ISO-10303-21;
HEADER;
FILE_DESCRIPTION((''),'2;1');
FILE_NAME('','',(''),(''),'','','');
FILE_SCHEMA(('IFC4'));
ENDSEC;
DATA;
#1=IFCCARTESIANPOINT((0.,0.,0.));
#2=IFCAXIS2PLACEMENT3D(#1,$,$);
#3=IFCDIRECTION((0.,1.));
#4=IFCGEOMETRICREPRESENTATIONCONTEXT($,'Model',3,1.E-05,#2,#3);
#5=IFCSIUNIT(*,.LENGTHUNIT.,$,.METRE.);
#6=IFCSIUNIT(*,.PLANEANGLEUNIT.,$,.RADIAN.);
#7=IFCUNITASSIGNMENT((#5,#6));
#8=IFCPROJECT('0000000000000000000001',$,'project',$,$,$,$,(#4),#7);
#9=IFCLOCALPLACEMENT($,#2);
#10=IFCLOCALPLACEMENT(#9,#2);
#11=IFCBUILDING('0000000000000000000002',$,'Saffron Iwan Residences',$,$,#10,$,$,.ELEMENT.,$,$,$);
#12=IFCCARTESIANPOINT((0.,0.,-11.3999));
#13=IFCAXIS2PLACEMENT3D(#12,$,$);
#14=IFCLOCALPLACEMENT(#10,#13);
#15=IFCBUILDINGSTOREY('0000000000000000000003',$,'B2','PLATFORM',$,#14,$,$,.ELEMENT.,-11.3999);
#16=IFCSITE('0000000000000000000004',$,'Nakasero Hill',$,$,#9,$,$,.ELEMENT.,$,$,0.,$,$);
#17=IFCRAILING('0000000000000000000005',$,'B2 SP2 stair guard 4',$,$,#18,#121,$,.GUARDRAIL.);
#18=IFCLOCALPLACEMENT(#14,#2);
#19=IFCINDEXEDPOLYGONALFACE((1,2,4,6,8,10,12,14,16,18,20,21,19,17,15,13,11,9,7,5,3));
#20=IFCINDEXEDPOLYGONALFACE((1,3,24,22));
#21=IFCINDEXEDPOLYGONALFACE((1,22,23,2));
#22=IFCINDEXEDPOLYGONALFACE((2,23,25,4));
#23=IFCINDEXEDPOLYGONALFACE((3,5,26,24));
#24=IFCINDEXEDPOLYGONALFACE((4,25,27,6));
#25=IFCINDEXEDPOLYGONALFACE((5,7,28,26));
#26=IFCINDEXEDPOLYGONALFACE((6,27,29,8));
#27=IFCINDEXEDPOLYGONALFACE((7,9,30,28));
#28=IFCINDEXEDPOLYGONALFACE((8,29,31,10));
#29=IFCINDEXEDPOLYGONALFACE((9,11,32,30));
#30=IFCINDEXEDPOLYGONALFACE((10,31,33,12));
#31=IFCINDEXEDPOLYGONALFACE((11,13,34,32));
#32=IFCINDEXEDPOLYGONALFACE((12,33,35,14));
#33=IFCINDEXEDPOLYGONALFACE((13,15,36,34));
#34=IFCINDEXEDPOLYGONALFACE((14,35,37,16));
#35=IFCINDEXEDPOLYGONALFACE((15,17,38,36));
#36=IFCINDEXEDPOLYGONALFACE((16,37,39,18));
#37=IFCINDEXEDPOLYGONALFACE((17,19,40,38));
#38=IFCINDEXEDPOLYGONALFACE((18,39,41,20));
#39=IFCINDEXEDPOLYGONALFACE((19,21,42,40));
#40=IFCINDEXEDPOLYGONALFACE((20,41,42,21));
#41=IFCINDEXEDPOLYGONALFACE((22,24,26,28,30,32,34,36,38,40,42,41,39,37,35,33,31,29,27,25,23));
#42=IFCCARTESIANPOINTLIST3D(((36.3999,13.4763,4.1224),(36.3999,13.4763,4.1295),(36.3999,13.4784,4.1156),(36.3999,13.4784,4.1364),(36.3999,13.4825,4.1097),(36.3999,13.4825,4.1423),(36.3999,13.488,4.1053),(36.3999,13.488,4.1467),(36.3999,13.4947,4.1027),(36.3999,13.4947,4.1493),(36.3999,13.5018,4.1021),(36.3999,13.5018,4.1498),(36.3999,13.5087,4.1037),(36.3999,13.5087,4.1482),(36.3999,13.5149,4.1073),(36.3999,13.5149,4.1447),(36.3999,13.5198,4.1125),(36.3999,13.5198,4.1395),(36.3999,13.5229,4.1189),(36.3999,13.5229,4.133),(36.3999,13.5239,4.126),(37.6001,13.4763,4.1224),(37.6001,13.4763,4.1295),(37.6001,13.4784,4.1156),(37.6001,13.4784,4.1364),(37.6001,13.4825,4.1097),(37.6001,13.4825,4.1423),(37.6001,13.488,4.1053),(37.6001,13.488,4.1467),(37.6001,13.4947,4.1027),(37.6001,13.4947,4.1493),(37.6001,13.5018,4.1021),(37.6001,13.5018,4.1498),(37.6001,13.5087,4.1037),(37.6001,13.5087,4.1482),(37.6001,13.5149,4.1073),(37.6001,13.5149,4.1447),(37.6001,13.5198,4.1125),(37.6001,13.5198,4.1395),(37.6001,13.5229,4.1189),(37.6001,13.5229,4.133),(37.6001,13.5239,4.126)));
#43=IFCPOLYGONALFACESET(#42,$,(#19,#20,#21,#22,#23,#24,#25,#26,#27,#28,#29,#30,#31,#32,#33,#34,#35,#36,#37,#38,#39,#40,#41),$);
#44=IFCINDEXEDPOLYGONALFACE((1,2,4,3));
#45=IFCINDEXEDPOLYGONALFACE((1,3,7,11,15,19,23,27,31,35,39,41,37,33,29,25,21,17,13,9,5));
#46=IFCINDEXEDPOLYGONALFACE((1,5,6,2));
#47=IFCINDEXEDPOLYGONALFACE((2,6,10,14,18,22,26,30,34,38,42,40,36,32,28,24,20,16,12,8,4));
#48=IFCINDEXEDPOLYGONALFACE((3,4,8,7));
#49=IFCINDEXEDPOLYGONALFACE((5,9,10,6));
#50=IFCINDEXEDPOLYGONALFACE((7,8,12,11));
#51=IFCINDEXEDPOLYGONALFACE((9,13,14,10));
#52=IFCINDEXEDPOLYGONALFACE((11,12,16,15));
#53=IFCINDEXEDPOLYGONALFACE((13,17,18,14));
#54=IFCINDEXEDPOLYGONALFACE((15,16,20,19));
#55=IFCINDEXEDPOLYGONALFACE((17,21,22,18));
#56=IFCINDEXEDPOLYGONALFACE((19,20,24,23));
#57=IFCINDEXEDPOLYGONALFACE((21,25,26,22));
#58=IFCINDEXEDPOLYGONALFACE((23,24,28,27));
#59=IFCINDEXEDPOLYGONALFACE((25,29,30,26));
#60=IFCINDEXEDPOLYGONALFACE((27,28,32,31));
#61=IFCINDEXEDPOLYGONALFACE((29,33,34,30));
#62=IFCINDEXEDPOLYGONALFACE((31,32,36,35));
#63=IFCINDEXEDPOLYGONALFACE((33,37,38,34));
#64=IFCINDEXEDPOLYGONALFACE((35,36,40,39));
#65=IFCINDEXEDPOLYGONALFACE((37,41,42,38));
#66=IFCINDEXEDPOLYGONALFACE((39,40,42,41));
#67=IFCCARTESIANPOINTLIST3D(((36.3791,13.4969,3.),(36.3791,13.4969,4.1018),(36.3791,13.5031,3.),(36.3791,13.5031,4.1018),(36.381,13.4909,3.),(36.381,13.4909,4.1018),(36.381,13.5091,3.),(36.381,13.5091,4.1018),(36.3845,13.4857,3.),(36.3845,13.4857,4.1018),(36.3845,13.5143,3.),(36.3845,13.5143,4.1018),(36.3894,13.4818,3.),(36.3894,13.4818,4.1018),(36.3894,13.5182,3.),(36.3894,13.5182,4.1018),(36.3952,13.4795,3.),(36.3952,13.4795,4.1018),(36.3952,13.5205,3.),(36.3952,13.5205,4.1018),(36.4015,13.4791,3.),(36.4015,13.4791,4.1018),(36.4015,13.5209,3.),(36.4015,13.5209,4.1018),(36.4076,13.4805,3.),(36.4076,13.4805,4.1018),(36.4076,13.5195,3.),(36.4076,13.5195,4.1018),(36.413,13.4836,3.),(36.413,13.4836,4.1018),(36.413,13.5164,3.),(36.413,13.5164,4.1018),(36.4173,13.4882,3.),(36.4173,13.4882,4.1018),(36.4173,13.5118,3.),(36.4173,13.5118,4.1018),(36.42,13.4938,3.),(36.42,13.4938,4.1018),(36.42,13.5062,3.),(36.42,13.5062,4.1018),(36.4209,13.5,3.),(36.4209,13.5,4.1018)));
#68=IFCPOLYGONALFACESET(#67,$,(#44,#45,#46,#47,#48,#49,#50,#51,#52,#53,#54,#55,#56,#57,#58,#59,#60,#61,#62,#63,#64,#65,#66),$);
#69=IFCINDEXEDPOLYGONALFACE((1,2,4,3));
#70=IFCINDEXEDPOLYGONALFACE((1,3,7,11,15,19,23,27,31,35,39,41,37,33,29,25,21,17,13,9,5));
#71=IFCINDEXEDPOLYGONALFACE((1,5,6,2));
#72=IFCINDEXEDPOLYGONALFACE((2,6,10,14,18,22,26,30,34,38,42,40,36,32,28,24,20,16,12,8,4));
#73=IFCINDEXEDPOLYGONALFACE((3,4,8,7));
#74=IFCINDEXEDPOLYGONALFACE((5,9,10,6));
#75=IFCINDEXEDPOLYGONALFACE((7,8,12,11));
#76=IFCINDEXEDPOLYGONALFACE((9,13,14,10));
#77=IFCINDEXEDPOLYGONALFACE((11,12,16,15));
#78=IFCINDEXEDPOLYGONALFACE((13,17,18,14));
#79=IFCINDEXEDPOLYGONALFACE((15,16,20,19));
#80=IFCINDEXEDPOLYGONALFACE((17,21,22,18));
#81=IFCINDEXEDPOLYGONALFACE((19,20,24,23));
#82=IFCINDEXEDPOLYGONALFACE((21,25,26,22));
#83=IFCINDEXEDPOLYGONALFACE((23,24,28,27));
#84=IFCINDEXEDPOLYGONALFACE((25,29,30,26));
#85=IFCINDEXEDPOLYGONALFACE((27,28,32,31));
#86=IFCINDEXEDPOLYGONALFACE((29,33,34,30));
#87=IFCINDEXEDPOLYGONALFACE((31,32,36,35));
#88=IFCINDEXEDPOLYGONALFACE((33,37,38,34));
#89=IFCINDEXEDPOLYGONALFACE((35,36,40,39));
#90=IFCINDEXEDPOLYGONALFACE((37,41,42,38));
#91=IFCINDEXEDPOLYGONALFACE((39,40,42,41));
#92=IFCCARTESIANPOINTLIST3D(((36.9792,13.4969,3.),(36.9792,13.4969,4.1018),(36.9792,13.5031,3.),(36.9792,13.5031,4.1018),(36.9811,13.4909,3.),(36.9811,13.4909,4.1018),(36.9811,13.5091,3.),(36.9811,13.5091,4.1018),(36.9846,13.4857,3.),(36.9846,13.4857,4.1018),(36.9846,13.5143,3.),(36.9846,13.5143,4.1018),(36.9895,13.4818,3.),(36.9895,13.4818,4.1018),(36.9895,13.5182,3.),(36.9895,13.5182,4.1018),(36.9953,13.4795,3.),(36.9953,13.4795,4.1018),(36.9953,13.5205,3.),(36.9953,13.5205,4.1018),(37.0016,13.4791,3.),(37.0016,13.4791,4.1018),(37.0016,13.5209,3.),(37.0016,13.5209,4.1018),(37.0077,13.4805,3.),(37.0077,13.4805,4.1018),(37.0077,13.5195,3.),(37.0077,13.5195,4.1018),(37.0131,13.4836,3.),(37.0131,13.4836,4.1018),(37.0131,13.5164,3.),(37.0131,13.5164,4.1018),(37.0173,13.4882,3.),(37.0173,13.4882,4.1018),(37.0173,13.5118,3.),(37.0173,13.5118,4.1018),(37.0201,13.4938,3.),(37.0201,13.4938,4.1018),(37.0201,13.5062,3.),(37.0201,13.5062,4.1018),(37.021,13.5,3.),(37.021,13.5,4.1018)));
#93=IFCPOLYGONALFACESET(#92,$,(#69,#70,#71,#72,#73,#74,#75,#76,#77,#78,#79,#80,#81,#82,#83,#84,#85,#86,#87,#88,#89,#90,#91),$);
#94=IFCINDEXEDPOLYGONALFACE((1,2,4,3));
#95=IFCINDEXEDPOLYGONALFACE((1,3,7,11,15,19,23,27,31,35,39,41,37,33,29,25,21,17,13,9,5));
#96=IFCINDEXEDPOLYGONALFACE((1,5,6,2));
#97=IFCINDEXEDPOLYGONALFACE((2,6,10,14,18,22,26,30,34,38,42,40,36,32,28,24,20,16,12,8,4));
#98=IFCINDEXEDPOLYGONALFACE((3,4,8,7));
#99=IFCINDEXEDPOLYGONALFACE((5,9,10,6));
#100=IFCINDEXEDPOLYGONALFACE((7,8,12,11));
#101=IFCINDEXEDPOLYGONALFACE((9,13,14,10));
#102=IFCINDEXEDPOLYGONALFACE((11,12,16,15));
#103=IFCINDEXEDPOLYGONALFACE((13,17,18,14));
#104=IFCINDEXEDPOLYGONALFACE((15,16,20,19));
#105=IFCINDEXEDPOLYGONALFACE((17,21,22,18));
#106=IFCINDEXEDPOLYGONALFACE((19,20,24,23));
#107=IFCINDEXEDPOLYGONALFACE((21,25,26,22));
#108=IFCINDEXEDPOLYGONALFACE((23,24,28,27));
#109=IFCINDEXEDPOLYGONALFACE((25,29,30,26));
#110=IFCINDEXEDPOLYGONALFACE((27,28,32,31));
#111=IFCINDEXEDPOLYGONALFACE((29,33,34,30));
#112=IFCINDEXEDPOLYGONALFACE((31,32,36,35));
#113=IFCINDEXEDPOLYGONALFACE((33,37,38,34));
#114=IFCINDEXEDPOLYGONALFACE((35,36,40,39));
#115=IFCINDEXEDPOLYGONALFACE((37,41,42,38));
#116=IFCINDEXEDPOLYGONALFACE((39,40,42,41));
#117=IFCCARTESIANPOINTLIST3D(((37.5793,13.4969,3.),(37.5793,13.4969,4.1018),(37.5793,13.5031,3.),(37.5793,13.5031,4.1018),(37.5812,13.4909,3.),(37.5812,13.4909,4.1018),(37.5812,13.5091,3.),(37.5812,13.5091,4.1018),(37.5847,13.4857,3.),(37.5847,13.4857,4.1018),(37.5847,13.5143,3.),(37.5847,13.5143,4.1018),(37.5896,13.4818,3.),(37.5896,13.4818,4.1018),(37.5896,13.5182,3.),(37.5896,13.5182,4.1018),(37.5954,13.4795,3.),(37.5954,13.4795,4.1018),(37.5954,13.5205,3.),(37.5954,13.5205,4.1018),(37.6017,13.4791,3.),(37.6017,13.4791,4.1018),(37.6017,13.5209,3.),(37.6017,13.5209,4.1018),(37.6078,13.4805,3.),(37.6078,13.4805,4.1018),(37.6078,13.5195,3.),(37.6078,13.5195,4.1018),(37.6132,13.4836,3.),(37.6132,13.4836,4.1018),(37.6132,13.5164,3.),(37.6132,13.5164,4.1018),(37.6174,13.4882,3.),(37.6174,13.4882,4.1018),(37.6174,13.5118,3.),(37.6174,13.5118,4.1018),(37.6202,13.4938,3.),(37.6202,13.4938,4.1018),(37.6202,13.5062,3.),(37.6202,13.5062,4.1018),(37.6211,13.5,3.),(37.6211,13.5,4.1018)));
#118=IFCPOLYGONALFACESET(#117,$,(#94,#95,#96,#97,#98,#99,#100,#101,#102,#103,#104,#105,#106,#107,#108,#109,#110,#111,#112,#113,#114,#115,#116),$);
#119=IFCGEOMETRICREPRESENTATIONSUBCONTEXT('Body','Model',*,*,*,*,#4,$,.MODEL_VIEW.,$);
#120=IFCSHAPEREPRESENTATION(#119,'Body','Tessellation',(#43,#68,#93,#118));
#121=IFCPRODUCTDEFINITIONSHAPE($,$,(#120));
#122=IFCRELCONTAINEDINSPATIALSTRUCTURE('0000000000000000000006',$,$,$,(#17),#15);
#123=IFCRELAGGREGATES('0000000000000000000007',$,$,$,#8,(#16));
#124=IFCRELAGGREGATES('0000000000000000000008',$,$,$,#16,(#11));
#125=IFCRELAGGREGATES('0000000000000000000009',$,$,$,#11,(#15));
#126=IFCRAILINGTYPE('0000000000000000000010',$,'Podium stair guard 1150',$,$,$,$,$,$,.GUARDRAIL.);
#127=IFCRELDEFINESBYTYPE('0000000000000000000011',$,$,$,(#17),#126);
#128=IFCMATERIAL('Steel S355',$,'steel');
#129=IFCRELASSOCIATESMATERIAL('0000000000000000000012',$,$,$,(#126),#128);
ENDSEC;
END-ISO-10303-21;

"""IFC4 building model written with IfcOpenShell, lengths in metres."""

from ifc_helpers import new_model, si_unit, direction, frame, origin, origin_2d, place, context, subcontext, project, spatial, circle, extrude, material, type_object, element, save


model = new_model("IFC4")

# Units and contexts
model_context = context("Model", 3, precision=1e-05, world=origin(), true_north=direction((0.0, 1.0)))
body_context = subcontext(model_context, "Body", "Model", "MODEL_VIEW")
ifc_project = project(units=[si_unit("LENGTHUNIT", "METRE"), si_unit("PLANEANGLEUNIT", "RADIAN")], contexts=[model_context])

# Site, building, storey
site_placement = place(None, origin())
site = spatial("IfcSite", under=ifc_project, at=site_placement, Name="Nakasero Hill", CompositionType="ELEMENT", RefElevation=0.0)
building_placement = place(site_placement, origin())
building = spatial("IfcBuilding", under=site, at=building_placement, Name="Saffron Iwan Residences", CompositionType="ELEMENT")
storey_placement = place(building_placement, frame((0.0, 0.0, -11.3999)))
storey = spatial("IfcBuildingStorey", under=building, at=storey_placement, Name="B2", Description="PLATFORM", CompositionType="ELEMENT", Elevation=-11.3999)

# Railing
ifc_material_1 = material(Name="Steel S355", Category="steel")
railing_type_1 = type_object("IfcRailingType", Name="Podium stair guard 1150", PredefinedType="GUARDRAIL", material=ifc_material_1)
railing_1_placement = place(storey_placement, frame((36.3999, 13.5, 3.0)))
element("IfcRailing", 1, at=railing_1_placement, inside=storey, type_object=railing_type_1, Name="B2 SP2 stair guard 4", PredefinedType="GUARDRAIL", context=body_context, shape_type="SweptSolid", body=[
    extrude(circle(Radius=0.0239, at=origin_2d()), frame((0.0, 0.0, 1.126), z_axis=(1.0, 0.0, 0.0), x_axis=(0.0, 1.0, 0.0)), (0.0, 0.0, 1.0), 1.2002),
    extrude(circle(Radius=0.021, at=origin_2d()), origin(), (0.0, 0.0, 1.0), 1.1018),
    extrude(circle(Radius=0.021, at=origin_2d()), frame((0.6001, 0.0, 0.0)), (0.0, 0.0, 1.0), 1.1018),
    extrude(circle(Radius=0.021, at=origin_2d()), frame((1.2002, 0.0, 0.0)), (0.0, 0.0, 1.0), 1.1018),
])

save(model, "model.ifc")
